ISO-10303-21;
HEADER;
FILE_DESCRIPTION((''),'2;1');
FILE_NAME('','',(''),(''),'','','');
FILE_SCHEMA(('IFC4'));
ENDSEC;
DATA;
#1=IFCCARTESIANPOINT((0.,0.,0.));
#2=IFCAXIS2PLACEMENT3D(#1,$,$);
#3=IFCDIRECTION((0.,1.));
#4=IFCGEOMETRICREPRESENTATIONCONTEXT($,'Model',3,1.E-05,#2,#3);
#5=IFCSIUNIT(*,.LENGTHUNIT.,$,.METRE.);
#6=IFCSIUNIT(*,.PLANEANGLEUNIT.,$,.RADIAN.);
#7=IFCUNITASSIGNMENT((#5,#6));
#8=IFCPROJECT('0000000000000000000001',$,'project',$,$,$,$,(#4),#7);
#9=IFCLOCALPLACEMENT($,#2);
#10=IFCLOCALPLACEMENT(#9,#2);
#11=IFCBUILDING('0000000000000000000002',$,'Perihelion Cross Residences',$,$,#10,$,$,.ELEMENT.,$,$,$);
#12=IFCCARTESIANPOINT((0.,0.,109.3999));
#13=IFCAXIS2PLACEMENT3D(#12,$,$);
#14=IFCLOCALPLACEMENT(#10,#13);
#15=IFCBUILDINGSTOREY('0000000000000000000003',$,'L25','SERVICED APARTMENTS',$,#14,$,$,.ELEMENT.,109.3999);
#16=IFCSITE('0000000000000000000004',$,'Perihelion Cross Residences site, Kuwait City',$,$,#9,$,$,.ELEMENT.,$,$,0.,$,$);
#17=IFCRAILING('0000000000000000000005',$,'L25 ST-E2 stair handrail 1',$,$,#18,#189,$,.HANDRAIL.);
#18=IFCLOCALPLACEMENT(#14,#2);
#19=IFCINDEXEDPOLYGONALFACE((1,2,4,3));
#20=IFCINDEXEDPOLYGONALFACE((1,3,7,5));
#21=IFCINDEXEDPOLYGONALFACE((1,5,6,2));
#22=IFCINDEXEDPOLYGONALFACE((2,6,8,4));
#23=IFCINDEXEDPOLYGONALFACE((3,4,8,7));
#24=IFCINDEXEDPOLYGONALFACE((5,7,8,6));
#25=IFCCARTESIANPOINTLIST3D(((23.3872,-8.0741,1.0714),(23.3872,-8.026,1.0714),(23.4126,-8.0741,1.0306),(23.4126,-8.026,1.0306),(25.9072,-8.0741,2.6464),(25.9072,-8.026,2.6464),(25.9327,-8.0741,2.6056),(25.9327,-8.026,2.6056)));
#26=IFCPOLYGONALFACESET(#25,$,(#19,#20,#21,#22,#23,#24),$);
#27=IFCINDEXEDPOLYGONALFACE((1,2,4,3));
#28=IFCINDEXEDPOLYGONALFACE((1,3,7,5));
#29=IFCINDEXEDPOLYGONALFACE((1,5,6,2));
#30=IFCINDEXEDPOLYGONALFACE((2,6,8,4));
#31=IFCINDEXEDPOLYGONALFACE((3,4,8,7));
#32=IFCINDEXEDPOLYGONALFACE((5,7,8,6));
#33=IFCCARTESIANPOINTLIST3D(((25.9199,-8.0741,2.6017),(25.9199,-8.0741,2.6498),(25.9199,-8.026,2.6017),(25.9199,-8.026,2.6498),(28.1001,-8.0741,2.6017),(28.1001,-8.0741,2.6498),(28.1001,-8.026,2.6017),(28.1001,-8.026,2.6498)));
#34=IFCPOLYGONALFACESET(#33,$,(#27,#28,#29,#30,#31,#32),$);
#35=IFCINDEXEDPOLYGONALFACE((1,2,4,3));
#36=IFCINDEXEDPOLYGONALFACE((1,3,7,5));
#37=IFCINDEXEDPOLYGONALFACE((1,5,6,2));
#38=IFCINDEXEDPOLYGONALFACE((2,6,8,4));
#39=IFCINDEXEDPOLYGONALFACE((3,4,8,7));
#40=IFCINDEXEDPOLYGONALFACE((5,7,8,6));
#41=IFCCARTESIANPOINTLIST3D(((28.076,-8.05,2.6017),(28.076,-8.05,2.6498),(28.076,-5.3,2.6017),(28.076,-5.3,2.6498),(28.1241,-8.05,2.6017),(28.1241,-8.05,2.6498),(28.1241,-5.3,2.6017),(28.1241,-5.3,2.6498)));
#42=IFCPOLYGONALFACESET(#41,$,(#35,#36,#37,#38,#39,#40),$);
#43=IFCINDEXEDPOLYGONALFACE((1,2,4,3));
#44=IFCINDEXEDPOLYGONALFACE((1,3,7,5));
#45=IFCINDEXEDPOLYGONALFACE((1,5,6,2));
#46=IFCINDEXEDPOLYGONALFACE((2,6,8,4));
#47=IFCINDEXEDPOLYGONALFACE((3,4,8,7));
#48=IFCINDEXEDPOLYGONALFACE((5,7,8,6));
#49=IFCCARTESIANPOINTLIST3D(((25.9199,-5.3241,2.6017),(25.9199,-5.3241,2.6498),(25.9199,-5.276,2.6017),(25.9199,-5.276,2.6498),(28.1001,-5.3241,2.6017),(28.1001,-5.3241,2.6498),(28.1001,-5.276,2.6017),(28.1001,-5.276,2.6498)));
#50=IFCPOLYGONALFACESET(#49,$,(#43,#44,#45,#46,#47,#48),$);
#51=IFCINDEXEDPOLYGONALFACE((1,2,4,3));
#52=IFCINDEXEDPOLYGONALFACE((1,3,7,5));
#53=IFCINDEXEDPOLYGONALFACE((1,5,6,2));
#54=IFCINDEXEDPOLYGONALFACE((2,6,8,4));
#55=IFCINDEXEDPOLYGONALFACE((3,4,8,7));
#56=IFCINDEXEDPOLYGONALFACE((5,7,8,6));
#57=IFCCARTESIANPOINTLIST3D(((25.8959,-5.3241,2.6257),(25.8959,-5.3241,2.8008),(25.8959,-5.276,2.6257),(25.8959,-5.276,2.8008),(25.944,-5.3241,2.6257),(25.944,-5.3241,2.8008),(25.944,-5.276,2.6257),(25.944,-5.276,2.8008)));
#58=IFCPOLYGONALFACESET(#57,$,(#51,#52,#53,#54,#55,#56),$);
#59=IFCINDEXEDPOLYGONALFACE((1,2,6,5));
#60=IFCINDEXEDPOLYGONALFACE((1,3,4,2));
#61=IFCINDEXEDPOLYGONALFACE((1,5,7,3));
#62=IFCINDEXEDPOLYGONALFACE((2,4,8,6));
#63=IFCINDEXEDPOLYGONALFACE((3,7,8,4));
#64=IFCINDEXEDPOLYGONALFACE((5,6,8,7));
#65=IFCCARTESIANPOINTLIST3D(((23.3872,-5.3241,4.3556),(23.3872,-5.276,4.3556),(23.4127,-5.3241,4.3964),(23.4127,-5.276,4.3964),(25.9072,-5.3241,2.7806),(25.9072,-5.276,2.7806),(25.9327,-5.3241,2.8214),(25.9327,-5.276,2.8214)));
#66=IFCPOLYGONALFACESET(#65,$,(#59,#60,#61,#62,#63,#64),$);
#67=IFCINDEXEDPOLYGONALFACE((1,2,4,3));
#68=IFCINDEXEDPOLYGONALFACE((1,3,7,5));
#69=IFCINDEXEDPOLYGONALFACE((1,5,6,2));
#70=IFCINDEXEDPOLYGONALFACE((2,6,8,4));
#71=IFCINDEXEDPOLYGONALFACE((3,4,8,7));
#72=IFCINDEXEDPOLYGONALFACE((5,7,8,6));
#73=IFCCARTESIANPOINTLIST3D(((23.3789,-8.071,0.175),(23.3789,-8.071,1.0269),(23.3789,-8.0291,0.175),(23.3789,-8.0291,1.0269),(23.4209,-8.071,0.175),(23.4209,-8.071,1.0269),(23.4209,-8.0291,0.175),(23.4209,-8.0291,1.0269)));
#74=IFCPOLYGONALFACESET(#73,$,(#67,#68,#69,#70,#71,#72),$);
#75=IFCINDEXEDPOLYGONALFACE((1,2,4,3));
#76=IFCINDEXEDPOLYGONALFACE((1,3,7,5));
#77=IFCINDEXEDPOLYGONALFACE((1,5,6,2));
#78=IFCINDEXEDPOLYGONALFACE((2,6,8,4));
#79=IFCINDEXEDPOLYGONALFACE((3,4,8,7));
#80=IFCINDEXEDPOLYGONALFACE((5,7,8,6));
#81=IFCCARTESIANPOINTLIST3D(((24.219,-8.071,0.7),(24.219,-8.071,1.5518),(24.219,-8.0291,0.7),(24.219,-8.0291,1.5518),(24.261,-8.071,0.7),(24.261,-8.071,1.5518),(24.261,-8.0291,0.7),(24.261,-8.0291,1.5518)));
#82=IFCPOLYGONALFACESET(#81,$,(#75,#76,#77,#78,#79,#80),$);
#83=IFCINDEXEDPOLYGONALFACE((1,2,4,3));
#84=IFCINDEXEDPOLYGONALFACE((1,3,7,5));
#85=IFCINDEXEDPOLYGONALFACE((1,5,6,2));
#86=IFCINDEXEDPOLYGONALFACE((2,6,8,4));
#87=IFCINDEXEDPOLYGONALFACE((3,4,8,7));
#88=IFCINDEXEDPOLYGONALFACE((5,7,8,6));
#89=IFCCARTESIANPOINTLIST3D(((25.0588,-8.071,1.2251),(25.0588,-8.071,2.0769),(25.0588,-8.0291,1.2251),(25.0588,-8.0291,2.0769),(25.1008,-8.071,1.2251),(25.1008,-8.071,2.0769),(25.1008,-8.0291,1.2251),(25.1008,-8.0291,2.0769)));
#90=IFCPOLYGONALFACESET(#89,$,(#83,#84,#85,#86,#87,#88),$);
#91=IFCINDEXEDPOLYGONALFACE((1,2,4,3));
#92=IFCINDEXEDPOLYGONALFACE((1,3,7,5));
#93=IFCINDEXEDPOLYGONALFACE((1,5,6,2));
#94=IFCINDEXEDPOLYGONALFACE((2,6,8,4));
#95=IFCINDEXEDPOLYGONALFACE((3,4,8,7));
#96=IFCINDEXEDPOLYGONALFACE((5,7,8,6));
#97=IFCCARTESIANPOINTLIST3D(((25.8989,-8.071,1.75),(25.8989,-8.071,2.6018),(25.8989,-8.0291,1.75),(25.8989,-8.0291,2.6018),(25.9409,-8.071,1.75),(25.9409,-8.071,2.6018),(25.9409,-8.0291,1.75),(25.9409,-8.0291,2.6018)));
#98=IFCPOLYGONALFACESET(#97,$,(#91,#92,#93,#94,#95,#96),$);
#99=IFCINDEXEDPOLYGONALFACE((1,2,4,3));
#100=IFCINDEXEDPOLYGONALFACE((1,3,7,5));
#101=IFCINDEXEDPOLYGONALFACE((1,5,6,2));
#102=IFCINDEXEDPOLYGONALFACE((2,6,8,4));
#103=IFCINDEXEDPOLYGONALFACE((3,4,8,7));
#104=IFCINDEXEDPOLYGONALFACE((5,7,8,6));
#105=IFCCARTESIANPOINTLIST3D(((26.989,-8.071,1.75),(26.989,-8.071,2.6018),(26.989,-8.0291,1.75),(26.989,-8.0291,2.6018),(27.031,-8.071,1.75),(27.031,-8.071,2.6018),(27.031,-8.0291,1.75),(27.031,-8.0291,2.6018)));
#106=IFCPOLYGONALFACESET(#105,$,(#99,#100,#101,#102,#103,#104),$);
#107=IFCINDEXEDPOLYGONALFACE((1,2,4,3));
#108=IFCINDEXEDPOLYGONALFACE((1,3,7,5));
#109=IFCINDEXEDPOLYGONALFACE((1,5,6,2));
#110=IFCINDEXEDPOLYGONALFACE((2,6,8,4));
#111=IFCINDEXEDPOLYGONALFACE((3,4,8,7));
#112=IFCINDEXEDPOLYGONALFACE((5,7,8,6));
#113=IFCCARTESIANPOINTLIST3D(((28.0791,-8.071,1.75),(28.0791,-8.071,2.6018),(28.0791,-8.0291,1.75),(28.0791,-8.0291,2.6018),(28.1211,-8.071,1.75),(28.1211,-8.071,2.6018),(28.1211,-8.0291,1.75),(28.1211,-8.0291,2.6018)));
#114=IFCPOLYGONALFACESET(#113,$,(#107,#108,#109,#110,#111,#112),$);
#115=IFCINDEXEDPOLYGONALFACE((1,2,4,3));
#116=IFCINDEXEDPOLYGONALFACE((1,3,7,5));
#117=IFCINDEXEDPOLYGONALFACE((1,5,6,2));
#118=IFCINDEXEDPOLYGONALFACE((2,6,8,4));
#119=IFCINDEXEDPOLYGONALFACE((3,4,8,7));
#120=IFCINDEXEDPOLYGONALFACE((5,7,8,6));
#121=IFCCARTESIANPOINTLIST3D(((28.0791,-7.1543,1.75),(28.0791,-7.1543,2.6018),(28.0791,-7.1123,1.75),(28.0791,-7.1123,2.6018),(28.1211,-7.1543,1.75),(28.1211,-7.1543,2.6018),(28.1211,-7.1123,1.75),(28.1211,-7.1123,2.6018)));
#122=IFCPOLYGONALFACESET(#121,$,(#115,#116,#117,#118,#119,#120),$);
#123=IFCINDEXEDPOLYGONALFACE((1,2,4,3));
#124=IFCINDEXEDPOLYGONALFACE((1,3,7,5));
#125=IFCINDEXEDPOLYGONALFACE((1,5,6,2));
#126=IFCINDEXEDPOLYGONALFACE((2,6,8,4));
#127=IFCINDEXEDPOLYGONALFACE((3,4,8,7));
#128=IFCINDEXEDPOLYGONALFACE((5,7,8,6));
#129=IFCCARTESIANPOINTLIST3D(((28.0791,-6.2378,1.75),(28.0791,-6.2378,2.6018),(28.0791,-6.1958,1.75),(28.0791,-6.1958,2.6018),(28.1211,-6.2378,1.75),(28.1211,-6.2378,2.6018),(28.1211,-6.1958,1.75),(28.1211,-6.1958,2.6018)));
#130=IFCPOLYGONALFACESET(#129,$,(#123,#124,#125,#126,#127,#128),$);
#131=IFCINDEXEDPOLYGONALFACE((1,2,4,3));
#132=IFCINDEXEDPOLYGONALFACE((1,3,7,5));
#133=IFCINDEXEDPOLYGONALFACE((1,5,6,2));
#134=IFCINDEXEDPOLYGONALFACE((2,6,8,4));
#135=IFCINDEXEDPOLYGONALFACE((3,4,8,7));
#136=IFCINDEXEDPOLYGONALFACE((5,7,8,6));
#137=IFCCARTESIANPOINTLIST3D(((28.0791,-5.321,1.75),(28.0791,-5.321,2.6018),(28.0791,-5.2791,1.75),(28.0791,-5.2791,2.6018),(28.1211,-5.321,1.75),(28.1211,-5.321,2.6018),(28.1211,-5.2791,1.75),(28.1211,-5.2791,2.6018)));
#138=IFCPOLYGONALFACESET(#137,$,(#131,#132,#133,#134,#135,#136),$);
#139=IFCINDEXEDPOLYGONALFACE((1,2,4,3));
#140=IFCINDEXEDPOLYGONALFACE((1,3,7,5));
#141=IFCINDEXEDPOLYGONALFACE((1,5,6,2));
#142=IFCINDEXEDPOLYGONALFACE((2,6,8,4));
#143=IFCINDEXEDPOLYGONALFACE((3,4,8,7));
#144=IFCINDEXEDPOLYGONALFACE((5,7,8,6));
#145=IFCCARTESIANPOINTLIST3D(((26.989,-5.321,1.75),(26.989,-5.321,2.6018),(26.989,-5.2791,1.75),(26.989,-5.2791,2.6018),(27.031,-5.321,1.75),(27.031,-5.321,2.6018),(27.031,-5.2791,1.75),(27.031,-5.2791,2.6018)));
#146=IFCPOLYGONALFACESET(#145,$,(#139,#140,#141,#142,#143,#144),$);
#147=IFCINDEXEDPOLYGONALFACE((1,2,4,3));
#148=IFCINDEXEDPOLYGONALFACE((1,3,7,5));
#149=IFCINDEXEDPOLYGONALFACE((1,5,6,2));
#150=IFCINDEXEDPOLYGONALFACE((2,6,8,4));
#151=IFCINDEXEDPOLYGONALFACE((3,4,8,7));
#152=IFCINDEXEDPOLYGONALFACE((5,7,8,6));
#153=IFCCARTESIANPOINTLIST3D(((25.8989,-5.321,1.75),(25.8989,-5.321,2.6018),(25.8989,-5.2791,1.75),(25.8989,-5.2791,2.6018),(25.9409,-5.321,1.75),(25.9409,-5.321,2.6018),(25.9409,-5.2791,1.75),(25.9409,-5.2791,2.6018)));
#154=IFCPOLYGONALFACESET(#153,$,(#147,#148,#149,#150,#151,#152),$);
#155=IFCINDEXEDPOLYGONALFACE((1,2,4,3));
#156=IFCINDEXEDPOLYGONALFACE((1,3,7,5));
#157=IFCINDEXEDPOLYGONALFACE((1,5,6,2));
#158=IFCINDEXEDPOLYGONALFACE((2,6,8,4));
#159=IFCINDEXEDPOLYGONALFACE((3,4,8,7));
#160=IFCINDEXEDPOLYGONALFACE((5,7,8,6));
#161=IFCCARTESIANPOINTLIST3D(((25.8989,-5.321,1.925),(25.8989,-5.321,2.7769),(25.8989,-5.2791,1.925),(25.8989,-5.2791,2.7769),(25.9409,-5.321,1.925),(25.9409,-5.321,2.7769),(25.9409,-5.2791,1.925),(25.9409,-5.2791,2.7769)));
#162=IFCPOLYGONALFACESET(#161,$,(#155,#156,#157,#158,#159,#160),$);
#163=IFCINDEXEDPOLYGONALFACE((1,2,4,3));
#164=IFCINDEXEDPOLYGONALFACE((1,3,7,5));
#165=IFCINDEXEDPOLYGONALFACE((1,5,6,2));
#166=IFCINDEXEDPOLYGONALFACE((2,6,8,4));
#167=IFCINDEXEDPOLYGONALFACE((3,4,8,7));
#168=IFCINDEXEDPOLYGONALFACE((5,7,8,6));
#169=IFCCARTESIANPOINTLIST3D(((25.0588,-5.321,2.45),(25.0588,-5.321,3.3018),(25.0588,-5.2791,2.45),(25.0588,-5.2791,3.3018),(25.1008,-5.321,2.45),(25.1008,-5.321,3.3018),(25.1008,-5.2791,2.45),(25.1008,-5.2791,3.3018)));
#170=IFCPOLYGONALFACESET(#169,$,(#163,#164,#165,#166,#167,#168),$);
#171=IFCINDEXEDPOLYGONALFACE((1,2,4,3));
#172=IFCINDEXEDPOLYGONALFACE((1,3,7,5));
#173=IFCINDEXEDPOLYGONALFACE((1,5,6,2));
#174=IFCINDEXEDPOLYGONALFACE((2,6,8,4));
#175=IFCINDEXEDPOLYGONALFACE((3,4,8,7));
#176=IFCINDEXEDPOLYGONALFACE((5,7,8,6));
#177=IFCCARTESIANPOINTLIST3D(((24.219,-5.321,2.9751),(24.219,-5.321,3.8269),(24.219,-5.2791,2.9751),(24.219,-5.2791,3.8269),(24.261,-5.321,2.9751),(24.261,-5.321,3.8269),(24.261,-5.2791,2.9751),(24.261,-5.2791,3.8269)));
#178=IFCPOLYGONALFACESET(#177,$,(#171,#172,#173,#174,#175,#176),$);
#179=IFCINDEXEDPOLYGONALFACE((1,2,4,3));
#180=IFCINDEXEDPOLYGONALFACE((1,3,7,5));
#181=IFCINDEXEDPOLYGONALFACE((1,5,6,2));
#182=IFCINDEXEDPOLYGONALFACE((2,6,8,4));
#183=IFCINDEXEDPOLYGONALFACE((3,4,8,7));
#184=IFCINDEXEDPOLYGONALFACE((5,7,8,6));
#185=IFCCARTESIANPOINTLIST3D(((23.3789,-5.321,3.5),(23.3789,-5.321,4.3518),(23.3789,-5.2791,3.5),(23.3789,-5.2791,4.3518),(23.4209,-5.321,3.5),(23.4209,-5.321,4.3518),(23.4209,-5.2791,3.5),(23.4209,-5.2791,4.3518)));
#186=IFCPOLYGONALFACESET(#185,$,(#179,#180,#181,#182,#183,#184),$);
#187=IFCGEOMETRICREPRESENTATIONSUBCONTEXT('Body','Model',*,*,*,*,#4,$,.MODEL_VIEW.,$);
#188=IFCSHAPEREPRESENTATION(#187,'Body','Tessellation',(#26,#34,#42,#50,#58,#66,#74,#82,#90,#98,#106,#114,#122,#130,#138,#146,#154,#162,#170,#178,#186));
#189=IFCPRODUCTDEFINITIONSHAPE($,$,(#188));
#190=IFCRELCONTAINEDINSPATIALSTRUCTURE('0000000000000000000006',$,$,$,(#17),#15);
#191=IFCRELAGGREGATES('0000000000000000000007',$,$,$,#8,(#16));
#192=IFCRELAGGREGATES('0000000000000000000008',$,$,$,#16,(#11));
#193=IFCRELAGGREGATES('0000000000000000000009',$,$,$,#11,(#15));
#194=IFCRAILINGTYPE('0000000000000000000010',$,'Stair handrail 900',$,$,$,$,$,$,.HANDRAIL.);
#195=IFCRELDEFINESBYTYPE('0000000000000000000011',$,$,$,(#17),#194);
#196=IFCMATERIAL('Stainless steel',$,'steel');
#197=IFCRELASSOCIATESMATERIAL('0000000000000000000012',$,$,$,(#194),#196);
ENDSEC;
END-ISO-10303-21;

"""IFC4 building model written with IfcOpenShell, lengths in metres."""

from ifc_helpers import new_model, si_unit, direction, frame, origin, origin_2d, place, context, subcontext, project, spatial, rectangle, extrude, material, type_object, element, save


model = new_model("IFC4")

# Units and contexts
model_context = context("Model", 3, precision=1e-05, world=origin(), true_north=direction((0.0, 1.0)))
body_context = subcontext(model_context, "Body", "Model", "MODEL_VIEW")
ifc_project = project(units=[si_unit("LENGTHUNIT", "METRE"), si_unit("PLANEANGLEUNIT", "RADIAN")], contexts=[model_context])

# Site, building, storey
site_placement = place(None, origin())
site = spatial("IfcSite", under=ifc_project, at=site_placement, Name="Perihelion Cross Residences site, Kuwait City", CompositionType="ELEMENT", RefElevation=0.0)
building_placement = place(site_placement, origin())
building = spatial("IfcBuilding", under=site, at=building_placement, Name="Perihelion Cross Residences", CompositionType="ELEMENT")
storey_placement = place(building_placement, frame((0.0, 0.0, 109.3999)))
storey = spatial("IfcBuildingStorey", under=building, at=storey_placement, Name="L25", Description="SERVICED APARTMENTS", CompositionType="ELEMENT", Elevation=109.3999)

# Railing
ifc_material_1 = material(Name="Stainless steel", Category="steel")
railing_type_1 = type_object("IfcRailingType", Name="Stair handrail 900", PredefinedType="HANDRAIL", material=ifc_material_1)
railing_1_placement = place(storey_placement, frame((23.3999, -8.05, 0.175)))
element("IfcRailing", 1, at=railing_1_placement, inside=storey, type_object=railing_type_1, Name="L25 ST-E2 stair handrail 1", PredefinedType="HANDRAIL", context=body_context, shape_type="SweptSolid", body=[
    extrude(rectangle(XDim=0.0481, YDim=0.0481, at=origin_2d()), frame((0.0, 0.0, 0.876), z_axis=(0.848008, 0.0, 0.529984), x_axis=(0.0, 1.0, 0.0)), (0.0, 0.0, 1.0), 2.9717),
    extrude(rectangle(XDim=0.0481, YDim=0.0481, at=origin_2d()), frame((2.52, 0.0, 2.4507), z_axis=(1.0, 0.0, 0.0), x_axis=(0.0, 1.0, 0.0)), (0.0, 0.0, 1.0), 2.1802),
    extrude(rectangle(XDim=0.0481, YDim=0.0481, at=origin_2d()), frame((4.7002, 0.0, 2.4507), z_axis=(0.0, 1.0, 0.0), x_axis=(-1.0, 0.0, 0.0)), (0.0, 0.0, 1.0), 2.75),
    extrude(rectangle(XDim=0.0481, YDim=0.0481, at=origin_2d()), frame((4.7002, 2.75, 2.4507), z_axis=(-1.0, 0.0, 0.0), x_axis=(0.0, -1.0, 0.0)), (0.0, 0.0, 1.0), 2.1802),
    extrude(rectangle(XDim=0.0481, YDim=0.0481, at=origin_2d()), frame((2.52, 2.75, 2.4507), z_axis=(0.0, 0.0, 1.0), x_axis=(1.0, 0.0, 0.0)), (0.0, 0.0, 1.0), 0.175),
    extrude(rectangle(XDim=0.0481, YDim=0.0481, at=origin_2d()), frame((2.52, 2.75, 2.626), z_axis=(-0.848008, 0.0, 0.529984), x_axis=(0.0, -1.0, 0.0)), (0.0, 0.0, 1.0), 2.9717),
    extrude(rectangle(XDim=0.042, YDim=0.042, at=origin_2d()), origin(), (0.0, 0.0, 1.0), 0.8518),
    extrude(rectangle(XDim=0.042, YDim=0.042, at=origin_2d()), frame((0.8401, 0.0, 0.5249)), (0.0, 0.0, 1.0), 0.8518),
    extrude(rectangle(XDim=0.042, YDim=0.042, at=origin_2d()), frame((1.6799, 0.0, 1.05)), (0.0, 0.0, 1.0), 0.8518),
    extrude(rectangle(XDim=0.042, YDim=0.042, at=origin_2d()), frame((2.52, 0.0, 1.575)), (0.0, 0.0, 1.0), 0.8518),
    extrude(rectangle(XDim=0.042, YDim=0.042, at=origin_2d()), frame((3.6101, 0.0, 1.575)), (0.0, 0.0, 1.0), 0.8518),
    extrude(rectangle(XDim=0.042, YDim=0.042, at=origin_2d()), frame((4.7002, 0.0, 1.575)), (0.0, 0.0, 1.0), 0.8518),
    extrude(rectangle(XDim=0.042, YDim=0.042, at=origin_2d()), frame((4.7002, 0.9167, 1.575)), (0.0, 0.0, 1.0), 0.8518),
    extrude(rectangle(XDim=0.042, YDim=0.042, at=origin_2d()), frame((4.7002, 1.8333, 1.575)), (0.0, 0.0, 1.0), 0.8518),
    extrude(rectangle(XDim=0.042, YDim=0.042, at=origin_2d()), frame((4.7002, 2.75, 1.575)), (0.0, 0.0, 1.0), 0.8518),
    extrude(rectangle(XDim=0.042, YDim=0.042, at=origin_2d()), frame((3.6101, 2.75, 1.575)), (0.0, 0.0, 1.0), 0.8518),
    extrude(rectangle(XDim=0.042, YDim=0.042, at=origin_2d()), frame((2.52, 2.75, 1.575)), (0.0, 0.0, 1.0), 0.8518),
    extrude(rectangle(XDim=0.042, YDim=0.042, at=origin_2d()), frame((2.52, 2.75, 1.75)), (0.0, 0.0, 1.0), 0.8518),
    extrude(rectangle(XDim=0.042, YDim=0.042, at=origin_2d()), frame((1.6799, 2.75, 2.2749)), (0.0, 0.0, 1.0), 0.8518),
    extrude(rectangle(XDim=0.042, YDim=0.042, at=origin_2d()), frame((0.8401, 2.75, 2.8)), (0.0, 0.0, 1.0), 0.8518),
    extrude(rectangle(XDim=0.042, YDim=0.042, at=origin_2d()), frame((0.0, 2.75, 3.325)), (0.0, 0.0, 1.0), 0.8518),
])

save(model, "model.ifc")
